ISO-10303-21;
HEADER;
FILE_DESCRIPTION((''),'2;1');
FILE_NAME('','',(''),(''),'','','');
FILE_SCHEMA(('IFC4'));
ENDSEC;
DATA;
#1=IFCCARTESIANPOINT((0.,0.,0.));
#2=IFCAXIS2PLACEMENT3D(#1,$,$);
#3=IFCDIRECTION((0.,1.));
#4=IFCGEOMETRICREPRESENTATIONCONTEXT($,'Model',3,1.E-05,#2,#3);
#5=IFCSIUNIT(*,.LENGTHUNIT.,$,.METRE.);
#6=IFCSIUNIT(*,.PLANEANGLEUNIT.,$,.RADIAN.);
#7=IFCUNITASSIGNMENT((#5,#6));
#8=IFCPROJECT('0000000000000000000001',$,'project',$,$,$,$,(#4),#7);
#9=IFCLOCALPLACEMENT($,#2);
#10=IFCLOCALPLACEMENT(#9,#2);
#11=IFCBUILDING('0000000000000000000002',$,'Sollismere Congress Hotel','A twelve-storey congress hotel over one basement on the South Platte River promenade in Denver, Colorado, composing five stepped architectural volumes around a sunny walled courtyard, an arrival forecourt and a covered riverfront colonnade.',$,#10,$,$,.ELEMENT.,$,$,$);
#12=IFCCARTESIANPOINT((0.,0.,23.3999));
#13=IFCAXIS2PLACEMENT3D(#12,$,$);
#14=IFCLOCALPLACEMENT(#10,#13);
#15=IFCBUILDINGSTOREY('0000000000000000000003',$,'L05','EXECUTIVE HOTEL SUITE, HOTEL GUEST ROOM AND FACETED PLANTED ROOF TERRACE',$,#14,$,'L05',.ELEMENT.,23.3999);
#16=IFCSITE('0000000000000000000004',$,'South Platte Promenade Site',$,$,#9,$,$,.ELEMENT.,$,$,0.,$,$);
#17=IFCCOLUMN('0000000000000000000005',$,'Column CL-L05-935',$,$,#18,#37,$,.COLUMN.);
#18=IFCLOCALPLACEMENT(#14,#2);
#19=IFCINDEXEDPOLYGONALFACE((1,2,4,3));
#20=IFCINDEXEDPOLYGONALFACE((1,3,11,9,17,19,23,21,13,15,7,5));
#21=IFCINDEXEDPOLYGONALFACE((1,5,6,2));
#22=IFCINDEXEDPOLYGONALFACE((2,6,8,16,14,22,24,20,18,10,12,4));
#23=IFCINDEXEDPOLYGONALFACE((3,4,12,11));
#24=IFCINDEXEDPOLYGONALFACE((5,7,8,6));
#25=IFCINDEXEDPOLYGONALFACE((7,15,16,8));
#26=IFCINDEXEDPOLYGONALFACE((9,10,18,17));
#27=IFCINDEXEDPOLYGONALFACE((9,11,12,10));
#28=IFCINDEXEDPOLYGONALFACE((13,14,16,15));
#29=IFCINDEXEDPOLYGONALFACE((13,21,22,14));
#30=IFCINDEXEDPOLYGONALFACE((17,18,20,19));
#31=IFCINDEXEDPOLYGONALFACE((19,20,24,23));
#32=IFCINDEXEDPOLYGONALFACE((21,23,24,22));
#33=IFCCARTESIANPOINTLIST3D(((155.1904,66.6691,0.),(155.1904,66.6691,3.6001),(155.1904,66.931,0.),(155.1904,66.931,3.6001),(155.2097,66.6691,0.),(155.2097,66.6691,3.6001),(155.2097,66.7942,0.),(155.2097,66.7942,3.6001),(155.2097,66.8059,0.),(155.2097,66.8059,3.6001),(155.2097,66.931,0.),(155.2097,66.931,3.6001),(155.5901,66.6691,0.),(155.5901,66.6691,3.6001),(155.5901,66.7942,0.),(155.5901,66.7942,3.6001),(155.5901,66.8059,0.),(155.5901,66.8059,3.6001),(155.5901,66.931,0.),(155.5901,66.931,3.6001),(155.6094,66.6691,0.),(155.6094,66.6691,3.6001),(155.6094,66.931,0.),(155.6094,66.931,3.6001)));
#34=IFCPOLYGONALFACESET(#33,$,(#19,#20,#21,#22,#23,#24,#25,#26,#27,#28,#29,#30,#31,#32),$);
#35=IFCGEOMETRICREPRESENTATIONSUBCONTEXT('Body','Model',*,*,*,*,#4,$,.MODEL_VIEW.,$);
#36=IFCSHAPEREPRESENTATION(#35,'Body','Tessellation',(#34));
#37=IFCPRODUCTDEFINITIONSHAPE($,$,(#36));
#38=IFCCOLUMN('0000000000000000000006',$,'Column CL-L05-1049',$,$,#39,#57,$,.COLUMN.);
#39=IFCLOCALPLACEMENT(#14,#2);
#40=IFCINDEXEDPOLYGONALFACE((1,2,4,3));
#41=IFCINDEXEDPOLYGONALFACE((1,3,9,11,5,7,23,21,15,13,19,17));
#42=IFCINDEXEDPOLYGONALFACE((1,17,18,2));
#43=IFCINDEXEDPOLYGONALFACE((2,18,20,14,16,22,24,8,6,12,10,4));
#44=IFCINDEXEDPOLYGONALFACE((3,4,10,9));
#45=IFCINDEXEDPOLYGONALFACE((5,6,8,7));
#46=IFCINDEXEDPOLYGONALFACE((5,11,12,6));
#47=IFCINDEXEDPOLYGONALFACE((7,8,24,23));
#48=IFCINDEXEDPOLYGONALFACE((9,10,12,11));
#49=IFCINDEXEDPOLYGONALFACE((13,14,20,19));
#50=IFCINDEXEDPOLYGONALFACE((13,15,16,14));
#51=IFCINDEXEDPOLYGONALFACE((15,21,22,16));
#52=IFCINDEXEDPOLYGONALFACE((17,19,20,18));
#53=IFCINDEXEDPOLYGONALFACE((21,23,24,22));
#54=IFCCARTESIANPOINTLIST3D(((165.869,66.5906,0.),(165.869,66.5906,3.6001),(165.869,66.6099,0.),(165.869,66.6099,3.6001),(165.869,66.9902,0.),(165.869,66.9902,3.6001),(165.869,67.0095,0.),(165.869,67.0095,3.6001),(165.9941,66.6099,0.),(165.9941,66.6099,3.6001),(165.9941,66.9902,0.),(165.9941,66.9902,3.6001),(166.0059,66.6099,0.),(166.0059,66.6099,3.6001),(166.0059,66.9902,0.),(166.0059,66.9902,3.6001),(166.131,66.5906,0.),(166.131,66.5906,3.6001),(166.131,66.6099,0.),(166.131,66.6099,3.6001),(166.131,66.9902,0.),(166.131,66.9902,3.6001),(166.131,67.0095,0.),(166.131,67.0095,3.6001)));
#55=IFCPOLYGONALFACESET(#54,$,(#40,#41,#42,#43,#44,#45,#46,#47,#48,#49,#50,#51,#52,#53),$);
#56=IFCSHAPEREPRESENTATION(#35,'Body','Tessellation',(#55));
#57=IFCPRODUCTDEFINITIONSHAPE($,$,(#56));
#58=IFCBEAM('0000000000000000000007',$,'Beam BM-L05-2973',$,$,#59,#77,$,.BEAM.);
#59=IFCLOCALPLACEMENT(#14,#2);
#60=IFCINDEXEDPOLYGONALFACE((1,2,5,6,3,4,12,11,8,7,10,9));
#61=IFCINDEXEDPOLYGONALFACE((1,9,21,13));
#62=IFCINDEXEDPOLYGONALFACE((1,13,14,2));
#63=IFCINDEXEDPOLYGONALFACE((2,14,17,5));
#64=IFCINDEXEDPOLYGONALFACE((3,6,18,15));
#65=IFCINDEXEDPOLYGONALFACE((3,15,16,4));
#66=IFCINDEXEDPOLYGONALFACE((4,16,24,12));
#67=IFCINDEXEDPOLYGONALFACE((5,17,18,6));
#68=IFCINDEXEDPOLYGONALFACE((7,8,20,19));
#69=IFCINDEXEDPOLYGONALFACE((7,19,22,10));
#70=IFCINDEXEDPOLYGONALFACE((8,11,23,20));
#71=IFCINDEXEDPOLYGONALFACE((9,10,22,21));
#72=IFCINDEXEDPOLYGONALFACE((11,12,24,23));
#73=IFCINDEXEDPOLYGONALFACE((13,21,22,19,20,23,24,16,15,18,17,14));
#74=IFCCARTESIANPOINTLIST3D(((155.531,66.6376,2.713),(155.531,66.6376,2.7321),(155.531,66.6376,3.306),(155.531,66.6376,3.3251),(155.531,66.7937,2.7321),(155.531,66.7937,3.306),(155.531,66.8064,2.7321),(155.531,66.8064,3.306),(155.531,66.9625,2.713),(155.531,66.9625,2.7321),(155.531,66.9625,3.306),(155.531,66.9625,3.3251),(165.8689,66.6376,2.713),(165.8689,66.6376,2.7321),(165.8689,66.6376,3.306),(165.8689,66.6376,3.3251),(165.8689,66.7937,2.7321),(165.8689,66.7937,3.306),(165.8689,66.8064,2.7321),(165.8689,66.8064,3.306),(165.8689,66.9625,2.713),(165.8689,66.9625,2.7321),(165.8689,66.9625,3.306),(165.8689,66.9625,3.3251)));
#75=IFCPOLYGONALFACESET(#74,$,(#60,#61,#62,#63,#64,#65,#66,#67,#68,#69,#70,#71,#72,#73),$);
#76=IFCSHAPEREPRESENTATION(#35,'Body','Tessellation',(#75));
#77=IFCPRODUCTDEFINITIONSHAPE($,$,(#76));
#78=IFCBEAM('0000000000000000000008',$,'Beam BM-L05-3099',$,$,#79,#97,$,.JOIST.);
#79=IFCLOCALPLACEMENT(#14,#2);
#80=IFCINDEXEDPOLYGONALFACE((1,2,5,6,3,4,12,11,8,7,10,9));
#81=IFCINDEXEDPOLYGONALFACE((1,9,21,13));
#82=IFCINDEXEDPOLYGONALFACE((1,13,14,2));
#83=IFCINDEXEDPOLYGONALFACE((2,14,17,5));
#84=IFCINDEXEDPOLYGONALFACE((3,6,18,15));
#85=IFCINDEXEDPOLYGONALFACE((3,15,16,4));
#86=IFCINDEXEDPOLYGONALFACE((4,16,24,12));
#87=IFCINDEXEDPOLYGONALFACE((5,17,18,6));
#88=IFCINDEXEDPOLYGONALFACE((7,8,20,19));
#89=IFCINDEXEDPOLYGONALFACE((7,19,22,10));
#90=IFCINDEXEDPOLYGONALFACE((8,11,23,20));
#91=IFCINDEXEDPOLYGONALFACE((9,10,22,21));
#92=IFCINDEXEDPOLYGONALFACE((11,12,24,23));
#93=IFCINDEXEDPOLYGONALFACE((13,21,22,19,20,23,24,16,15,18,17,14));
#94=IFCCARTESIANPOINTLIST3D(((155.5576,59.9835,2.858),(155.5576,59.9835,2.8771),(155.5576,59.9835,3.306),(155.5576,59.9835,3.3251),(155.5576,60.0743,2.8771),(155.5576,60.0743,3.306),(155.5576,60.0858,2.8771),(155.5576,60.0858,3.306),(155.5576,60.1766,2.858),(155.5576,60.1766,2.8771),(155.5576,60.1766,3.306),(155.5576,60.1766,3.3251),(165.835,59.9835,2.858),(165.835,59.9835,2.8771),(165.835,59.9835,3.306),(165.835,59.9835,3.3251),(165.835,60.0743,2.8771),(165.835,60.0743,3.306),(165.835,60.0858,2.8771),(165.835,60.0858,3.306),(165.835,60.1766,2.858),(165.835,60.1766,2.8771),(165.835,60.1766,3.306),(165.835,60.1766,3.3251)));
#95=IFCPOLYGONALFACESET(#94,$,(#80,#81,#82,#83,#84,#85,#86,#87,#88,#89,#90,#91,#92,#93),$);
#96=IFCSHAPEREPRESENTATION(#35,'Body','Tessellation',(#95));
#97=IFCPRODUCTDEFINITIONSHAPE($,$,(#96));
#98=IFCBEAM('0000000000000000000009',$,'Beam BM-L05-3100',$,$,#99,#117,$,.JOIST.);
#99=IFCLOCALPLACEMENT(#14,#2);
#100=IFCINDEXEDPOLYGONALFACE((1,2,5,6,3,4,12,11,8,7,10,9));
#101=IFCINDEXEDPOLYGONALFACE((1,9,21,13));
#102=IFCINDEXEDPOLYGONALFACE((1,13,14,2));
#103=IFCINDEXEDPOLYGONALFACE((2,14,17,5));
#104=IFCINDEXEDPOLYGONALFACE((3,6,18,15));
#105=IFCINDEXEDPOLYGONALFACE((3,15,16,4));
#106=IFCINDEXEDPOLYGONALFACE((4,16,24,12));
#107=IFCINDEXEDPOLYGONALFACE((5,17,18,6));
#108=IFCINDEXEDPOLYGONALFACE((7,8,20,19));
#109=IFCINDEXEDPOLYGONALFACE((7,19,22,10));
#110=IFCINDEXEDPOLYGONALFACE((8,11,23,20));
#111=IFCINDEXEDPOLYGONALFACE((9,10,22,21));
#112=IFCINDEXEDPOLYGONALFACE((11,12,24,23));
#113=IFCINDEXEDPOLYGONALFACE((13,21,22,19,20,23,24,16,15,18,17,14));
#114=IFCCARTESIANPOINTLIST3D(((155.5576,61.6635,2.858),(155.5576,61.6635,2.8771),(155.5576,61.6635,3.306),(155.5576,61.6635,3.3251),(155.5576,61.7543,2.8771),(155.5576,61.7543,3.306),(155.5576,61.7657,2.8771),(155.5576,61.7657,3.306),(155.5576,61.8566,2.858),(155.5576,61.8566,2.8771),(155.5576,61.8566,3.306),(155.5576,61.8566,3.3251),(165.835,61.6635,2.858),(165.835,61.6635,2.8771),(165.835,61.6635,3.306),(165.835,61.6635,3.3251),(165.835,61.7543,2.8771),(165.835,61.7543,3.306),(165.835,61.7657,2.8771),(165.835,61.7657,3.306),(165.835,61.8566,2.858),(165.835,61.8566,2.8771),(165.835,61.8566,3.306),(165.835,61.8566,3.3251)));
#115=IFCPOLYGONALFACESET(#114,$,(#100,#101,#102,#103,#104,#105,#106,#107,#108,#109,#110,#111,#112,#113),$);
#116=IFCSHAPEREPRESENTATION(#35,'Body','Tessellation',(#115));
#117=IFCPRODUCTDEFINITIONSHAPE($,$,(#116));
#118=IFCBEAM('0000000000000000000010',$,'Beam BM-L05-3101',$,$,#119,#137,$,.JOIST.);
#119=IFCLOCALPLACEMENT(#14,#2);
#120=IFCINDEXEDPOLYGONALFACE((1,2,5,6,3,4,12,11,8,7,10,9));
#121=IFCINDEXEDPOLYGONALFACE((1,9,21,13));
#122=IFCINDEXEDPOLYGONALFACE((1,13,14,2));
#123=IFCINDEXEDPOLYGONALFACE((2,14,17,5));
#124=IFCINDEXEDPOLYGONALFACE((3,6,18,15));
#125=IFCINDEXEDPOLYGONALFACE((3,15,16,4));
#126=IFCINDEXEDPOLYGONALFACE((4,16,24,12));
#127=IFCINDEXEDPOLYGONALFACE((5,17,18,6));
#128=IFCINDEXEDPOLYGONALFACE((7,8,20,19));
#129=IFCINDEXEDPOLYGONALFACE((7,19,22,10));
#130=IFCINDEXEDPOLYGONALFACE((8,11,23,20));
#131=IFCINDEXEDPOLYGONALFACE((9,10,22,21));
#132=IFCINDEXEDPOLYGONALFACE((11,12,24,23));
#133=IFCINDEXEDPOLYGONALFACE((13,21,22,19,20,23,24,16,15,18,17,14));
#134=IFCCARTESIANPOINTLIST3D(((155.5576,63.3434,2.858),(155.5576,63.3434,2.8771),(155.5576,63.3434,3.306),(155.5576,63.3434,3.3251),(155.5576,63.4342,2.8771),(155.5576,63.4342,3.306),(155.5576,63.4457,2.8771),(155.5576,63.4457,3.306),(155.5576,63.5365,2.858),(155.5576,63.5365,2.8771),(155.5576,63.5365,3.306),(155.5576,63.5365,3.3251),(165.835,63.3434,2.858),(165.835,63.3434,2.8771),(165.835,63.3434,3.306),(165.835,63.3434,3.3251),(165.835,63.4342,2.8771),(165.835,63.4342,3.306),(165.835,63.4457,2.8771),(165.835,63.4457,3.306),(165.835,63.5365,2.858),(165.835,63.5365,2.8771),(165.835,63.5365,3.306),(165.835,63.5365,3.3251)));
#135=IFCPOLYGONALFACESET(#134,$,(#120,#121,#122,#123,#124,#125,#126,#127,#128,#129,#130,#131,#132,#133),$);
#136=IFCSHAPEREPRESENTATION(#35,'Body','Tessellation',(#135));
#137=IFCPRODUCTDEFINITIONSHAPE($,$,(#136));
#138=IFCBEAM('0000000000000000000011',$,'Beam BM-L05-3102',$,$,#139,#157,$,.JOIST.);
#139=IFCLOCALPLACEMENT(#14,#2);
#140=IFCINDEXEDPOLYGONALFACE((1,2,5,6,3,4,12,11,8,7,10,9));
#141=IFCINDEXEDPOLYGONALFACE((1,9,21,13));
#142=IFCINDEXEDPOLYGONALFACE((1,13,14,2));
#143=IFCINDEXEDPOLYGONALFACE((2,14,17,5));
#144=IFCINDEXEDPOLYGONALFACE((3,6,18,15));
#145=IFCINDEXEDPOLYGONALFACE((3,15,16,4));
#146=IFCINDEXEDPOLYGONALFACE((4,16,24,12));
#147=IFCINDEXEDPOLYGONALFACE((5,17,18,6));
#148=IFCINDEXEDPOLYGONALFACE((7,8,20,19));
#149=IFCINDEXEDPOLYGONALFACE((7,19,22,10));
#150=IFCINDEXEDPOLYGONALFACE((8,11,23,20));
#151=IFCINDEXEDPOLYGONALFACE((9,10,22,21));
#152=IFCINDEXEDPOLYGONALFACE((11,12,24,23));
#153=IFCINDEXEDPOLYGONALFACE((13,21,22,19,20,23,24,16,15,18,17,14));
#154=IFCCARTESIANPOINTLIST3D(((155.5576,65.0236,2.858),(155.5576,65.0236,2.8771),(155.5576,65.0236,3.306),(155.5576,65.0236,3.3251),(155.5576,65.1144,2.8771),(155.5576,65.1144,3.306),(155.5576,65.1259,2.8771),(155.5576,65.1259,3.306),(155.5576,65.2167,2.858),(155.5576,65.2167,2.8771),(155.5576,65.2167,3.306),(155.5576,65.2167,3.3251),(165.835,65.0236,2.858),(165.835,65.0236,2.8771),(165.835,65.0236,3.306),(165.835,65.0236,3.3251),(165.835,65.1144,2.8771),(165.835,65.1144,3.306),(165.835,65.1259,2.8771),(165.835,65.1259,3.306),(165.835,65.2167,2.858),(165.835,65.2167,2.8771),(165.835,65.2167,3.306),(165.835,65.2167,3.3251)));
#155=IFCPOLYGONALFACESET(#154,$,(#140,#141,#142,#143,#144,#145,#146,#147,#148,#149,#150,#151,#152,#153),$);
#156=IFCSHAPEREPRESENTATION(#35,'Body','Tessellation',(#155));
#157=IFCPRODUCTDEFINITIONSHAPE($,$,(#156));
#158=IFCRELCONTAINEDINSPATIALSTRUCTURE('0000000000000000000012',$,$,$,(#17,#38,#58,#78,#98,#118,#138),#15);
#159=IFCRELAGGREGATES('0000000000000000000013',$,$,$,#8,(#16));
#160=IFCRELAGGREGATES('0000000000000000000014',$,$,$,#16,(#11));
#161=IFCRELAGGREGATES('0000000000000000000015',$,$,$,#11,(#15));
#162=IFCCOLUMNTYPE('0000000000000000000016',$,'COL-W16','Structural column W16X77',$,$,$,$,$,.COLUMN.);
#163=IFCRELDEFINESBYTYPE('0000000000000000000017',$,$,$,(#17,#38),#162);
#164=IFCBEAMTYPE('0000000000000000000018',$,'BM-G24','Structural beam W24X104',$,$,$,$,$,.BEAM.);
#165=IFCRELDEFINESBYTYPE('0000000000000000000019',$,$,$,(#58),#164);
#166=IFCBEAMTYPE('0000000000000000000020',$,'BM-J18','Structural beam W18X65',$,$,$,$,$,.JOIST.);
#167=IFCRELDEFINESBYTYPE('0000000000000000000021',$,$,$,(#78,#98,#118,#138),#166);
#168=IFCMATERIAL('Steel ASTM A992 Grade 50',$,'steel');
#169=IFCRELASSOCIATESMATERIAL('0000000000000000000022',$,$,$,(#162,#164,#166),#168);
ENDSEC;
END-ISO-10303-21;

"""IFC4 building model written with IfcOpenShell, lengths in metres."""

from ifc_helpers import new_model, si_unit, direction, frame, origin, origin_2d, place, context, subcontext, project, spatial, i_section, extrude, material, material_profile, profile_set, type_object, element, save


model = new_model("IFC4")

# Units and contexts
model_context = context("Model", 3, precision=1e-05, world=origin(), true_north=direction((0.0, 1.0)))
body_context = subcontext(model_context, "Body", "Model", "MODEL_VIEW")
ifc_project = project(units=[si_unit("LENGTHUNIT", "METRE"), si_unit("PLANEANGLEUNIT", "RADIAN")], contexts=[model_context])

# Site, building, storey
site_placement = place(None, origin())
site = spatial("IfcSite", under=ifc_project, at=site_placement, Name="South Platte Promenade Site", CompositionType="ELEMENT", RefElevation=0.0)
building_placement = place(site_placement, origin())
building = spatial("IfcBuilding", under=site, at=building_placement, Name="Sollismere Congress Hotel", Description="A twelve-storey congress hotel over one basement on the South Platte River promenade in Denver, Colorado, composing five stepped architectural volumes around a sunny walled courtyard, an arrival forecourt and a covered riverfront colonnade.", CompositionType="ELEMENT")
storey_placement = place(building_placement, frame((0.0, 0.0, 23.3999)))
storey = spatial("IfcBuildingStorey", under=building, at=storey_placement, Name="L05", Description="EXECUTIVE HOTEL SUITE, HOTEL GUEST ROOM AND FACETED PLANTED ROOF TERRACE", LongName="L05", CompositionType="ELEMENT", Elevation=23.3999)

# Columns
ifc_material_1 = material(Name="Steel ASTM A992 Grade 50", Category="steel")
ifc_material_profile_1 = material_profile(ifc_material_1, i_section(OverallWidth=0.262, OverallDepth=0.4189, WebThickness=0.0117, FlangeThickness=0.0193, at=origin_2d()), Name="W16X77")
ifc_profile_set_1 = profile_set([ifc_material_profile_1], Name="Steel ASTM A992 Grade 50")
column_type = type_object("IfcColumnType", Name="COL-W16", Description="Structural column W16X77", PredefinedType="COLUMN", material=ifc_profile_set_1)
for number, where, z_axis, x_axis, name in (
    (1, (155.3999, 66.8, 0.0), (0.0, 0.0, 1.0), (0.0, 1.0, 0.0), "Column CL-L05-935"),
    (2, (166.0, 66.8, 0.0), (0.0, 0.0, 1.0), (1.0, 0.0, 0.0), "Column CL-L05-1049"),
):
    element("IfcColumn", number, at=place(storey_placement, frame(where, z_axis=z_axis, x_axis=x_axis)), inside=storey, type_object=column_type, Name=name, PredefinedType="COLUMN", context=body_context, shape_type="SweptSolid", body=[
        extrude(i_section(OverallWidth=0.262, OverallDepth=0.4189, WebThickness=0.0117, FlangeThickness=0.0193, at=origin_2d()), origin(), (0.0, 0.0, 1.0), 3.6001),
    ])

# Beams
ifc_material_profile_2 = material_profile(ifc_material_1, i_section(OverallWidth=0.325, OverallDepth=0.6121, WebThickness=0.0127, FlangeThickness=0.019, at=origin_2d()), Name="W24X104")
ifc_profile_set_2 = profile_set([ifc_material_profile_2], Name="Steel ASTM A992 Grade 50")
beam_type_1 = type_object("IfcBeamType", Name="BM-G24", Description="Structural beam W24X104", PredefinedType="BEAM", material=ifc_profile_set_2)
beam_placement = place(storey_placement, frame((155.531, 66.8, 3.019), z_axis=(1.0, 0.0, 0.0), x_axis=(0.0, 1.0, 0.0)))
element("IfcBeam", 3, at=beam_placement, inside=storey, type_object=beam_type_1, Name="Beam BM-L05-2973", PredefinedType="BEAM", context=body_context, shape_type="SweptSolid", body=[
    extrude(i_section(OverallWidth=0.325, OverallDepth=0.6121, WebThickness=0.0127, FlangeThickness=0.019, at=origin_2d()), origin(), (0.0, 0.0, 1.0), 10.3379),
])
ifc_material_profile_3 = material_profile(ifc_material_1, i_section(OverallWidth=0.1931, OverallDepth=0.467, WebThickness=0.0115, FlangeThickness=0.019, at=origin_2d()), Name="W18X65")
ifc_profile_set_3 = profile_set([ifc_material_profile_3], Name="Steel ASTM A992 Grade 50")
beam_type_2 = type_object("IfcBeamType", Name="BM-J18", Description="Structural beam W18X65", PredefinedType="JOIST", material=ifc_profile_set_3)
for number, where, z_axis, x_axis, name in (
    (4, (155.5576, 60.0801, 3.0916), (1.0, 0.0, 0.0), (0.0, 1.0, 0.0), "Beam BM-L05-3099"),
    (5, (155.5576, 61.76, 3.0916), (1.0, 0.0, 0.0), (0.0, 1.0, 0.0), "Beam BM-L05-3100"),
    (6, (155.5576, 63.4399, 3.0916), (1.0, 0.0, 0.0), (0.0, 1.0, 0.0), "Beam BM-L05-3101"),
    (7, (155.5576, 65.1201, 3.0916), (1.0, 0.0, 0.0), (0.0, 1.0, 0.0), "Beam BM-L05-3102"),
):
    element("IfcBeam", number, at=place(storey_placement, frame(where, z_axis=z_axis, x_axis=x_axis)), inside=storey, type_object=beam_type_2, Name=name, PredefinedType="JOIST", context=body_context, shape_type="SweptSolid", body=[
        extrude(i_section(OverallWidth=0.1931, OverallDepth=0.467, WebThickness=0.0115, FlangeThickness=0.019, at=origin_2d()), origin(), (0.0, 0.0, 1.0), 10.2773),
    ])

save(model, "model.ifc")
